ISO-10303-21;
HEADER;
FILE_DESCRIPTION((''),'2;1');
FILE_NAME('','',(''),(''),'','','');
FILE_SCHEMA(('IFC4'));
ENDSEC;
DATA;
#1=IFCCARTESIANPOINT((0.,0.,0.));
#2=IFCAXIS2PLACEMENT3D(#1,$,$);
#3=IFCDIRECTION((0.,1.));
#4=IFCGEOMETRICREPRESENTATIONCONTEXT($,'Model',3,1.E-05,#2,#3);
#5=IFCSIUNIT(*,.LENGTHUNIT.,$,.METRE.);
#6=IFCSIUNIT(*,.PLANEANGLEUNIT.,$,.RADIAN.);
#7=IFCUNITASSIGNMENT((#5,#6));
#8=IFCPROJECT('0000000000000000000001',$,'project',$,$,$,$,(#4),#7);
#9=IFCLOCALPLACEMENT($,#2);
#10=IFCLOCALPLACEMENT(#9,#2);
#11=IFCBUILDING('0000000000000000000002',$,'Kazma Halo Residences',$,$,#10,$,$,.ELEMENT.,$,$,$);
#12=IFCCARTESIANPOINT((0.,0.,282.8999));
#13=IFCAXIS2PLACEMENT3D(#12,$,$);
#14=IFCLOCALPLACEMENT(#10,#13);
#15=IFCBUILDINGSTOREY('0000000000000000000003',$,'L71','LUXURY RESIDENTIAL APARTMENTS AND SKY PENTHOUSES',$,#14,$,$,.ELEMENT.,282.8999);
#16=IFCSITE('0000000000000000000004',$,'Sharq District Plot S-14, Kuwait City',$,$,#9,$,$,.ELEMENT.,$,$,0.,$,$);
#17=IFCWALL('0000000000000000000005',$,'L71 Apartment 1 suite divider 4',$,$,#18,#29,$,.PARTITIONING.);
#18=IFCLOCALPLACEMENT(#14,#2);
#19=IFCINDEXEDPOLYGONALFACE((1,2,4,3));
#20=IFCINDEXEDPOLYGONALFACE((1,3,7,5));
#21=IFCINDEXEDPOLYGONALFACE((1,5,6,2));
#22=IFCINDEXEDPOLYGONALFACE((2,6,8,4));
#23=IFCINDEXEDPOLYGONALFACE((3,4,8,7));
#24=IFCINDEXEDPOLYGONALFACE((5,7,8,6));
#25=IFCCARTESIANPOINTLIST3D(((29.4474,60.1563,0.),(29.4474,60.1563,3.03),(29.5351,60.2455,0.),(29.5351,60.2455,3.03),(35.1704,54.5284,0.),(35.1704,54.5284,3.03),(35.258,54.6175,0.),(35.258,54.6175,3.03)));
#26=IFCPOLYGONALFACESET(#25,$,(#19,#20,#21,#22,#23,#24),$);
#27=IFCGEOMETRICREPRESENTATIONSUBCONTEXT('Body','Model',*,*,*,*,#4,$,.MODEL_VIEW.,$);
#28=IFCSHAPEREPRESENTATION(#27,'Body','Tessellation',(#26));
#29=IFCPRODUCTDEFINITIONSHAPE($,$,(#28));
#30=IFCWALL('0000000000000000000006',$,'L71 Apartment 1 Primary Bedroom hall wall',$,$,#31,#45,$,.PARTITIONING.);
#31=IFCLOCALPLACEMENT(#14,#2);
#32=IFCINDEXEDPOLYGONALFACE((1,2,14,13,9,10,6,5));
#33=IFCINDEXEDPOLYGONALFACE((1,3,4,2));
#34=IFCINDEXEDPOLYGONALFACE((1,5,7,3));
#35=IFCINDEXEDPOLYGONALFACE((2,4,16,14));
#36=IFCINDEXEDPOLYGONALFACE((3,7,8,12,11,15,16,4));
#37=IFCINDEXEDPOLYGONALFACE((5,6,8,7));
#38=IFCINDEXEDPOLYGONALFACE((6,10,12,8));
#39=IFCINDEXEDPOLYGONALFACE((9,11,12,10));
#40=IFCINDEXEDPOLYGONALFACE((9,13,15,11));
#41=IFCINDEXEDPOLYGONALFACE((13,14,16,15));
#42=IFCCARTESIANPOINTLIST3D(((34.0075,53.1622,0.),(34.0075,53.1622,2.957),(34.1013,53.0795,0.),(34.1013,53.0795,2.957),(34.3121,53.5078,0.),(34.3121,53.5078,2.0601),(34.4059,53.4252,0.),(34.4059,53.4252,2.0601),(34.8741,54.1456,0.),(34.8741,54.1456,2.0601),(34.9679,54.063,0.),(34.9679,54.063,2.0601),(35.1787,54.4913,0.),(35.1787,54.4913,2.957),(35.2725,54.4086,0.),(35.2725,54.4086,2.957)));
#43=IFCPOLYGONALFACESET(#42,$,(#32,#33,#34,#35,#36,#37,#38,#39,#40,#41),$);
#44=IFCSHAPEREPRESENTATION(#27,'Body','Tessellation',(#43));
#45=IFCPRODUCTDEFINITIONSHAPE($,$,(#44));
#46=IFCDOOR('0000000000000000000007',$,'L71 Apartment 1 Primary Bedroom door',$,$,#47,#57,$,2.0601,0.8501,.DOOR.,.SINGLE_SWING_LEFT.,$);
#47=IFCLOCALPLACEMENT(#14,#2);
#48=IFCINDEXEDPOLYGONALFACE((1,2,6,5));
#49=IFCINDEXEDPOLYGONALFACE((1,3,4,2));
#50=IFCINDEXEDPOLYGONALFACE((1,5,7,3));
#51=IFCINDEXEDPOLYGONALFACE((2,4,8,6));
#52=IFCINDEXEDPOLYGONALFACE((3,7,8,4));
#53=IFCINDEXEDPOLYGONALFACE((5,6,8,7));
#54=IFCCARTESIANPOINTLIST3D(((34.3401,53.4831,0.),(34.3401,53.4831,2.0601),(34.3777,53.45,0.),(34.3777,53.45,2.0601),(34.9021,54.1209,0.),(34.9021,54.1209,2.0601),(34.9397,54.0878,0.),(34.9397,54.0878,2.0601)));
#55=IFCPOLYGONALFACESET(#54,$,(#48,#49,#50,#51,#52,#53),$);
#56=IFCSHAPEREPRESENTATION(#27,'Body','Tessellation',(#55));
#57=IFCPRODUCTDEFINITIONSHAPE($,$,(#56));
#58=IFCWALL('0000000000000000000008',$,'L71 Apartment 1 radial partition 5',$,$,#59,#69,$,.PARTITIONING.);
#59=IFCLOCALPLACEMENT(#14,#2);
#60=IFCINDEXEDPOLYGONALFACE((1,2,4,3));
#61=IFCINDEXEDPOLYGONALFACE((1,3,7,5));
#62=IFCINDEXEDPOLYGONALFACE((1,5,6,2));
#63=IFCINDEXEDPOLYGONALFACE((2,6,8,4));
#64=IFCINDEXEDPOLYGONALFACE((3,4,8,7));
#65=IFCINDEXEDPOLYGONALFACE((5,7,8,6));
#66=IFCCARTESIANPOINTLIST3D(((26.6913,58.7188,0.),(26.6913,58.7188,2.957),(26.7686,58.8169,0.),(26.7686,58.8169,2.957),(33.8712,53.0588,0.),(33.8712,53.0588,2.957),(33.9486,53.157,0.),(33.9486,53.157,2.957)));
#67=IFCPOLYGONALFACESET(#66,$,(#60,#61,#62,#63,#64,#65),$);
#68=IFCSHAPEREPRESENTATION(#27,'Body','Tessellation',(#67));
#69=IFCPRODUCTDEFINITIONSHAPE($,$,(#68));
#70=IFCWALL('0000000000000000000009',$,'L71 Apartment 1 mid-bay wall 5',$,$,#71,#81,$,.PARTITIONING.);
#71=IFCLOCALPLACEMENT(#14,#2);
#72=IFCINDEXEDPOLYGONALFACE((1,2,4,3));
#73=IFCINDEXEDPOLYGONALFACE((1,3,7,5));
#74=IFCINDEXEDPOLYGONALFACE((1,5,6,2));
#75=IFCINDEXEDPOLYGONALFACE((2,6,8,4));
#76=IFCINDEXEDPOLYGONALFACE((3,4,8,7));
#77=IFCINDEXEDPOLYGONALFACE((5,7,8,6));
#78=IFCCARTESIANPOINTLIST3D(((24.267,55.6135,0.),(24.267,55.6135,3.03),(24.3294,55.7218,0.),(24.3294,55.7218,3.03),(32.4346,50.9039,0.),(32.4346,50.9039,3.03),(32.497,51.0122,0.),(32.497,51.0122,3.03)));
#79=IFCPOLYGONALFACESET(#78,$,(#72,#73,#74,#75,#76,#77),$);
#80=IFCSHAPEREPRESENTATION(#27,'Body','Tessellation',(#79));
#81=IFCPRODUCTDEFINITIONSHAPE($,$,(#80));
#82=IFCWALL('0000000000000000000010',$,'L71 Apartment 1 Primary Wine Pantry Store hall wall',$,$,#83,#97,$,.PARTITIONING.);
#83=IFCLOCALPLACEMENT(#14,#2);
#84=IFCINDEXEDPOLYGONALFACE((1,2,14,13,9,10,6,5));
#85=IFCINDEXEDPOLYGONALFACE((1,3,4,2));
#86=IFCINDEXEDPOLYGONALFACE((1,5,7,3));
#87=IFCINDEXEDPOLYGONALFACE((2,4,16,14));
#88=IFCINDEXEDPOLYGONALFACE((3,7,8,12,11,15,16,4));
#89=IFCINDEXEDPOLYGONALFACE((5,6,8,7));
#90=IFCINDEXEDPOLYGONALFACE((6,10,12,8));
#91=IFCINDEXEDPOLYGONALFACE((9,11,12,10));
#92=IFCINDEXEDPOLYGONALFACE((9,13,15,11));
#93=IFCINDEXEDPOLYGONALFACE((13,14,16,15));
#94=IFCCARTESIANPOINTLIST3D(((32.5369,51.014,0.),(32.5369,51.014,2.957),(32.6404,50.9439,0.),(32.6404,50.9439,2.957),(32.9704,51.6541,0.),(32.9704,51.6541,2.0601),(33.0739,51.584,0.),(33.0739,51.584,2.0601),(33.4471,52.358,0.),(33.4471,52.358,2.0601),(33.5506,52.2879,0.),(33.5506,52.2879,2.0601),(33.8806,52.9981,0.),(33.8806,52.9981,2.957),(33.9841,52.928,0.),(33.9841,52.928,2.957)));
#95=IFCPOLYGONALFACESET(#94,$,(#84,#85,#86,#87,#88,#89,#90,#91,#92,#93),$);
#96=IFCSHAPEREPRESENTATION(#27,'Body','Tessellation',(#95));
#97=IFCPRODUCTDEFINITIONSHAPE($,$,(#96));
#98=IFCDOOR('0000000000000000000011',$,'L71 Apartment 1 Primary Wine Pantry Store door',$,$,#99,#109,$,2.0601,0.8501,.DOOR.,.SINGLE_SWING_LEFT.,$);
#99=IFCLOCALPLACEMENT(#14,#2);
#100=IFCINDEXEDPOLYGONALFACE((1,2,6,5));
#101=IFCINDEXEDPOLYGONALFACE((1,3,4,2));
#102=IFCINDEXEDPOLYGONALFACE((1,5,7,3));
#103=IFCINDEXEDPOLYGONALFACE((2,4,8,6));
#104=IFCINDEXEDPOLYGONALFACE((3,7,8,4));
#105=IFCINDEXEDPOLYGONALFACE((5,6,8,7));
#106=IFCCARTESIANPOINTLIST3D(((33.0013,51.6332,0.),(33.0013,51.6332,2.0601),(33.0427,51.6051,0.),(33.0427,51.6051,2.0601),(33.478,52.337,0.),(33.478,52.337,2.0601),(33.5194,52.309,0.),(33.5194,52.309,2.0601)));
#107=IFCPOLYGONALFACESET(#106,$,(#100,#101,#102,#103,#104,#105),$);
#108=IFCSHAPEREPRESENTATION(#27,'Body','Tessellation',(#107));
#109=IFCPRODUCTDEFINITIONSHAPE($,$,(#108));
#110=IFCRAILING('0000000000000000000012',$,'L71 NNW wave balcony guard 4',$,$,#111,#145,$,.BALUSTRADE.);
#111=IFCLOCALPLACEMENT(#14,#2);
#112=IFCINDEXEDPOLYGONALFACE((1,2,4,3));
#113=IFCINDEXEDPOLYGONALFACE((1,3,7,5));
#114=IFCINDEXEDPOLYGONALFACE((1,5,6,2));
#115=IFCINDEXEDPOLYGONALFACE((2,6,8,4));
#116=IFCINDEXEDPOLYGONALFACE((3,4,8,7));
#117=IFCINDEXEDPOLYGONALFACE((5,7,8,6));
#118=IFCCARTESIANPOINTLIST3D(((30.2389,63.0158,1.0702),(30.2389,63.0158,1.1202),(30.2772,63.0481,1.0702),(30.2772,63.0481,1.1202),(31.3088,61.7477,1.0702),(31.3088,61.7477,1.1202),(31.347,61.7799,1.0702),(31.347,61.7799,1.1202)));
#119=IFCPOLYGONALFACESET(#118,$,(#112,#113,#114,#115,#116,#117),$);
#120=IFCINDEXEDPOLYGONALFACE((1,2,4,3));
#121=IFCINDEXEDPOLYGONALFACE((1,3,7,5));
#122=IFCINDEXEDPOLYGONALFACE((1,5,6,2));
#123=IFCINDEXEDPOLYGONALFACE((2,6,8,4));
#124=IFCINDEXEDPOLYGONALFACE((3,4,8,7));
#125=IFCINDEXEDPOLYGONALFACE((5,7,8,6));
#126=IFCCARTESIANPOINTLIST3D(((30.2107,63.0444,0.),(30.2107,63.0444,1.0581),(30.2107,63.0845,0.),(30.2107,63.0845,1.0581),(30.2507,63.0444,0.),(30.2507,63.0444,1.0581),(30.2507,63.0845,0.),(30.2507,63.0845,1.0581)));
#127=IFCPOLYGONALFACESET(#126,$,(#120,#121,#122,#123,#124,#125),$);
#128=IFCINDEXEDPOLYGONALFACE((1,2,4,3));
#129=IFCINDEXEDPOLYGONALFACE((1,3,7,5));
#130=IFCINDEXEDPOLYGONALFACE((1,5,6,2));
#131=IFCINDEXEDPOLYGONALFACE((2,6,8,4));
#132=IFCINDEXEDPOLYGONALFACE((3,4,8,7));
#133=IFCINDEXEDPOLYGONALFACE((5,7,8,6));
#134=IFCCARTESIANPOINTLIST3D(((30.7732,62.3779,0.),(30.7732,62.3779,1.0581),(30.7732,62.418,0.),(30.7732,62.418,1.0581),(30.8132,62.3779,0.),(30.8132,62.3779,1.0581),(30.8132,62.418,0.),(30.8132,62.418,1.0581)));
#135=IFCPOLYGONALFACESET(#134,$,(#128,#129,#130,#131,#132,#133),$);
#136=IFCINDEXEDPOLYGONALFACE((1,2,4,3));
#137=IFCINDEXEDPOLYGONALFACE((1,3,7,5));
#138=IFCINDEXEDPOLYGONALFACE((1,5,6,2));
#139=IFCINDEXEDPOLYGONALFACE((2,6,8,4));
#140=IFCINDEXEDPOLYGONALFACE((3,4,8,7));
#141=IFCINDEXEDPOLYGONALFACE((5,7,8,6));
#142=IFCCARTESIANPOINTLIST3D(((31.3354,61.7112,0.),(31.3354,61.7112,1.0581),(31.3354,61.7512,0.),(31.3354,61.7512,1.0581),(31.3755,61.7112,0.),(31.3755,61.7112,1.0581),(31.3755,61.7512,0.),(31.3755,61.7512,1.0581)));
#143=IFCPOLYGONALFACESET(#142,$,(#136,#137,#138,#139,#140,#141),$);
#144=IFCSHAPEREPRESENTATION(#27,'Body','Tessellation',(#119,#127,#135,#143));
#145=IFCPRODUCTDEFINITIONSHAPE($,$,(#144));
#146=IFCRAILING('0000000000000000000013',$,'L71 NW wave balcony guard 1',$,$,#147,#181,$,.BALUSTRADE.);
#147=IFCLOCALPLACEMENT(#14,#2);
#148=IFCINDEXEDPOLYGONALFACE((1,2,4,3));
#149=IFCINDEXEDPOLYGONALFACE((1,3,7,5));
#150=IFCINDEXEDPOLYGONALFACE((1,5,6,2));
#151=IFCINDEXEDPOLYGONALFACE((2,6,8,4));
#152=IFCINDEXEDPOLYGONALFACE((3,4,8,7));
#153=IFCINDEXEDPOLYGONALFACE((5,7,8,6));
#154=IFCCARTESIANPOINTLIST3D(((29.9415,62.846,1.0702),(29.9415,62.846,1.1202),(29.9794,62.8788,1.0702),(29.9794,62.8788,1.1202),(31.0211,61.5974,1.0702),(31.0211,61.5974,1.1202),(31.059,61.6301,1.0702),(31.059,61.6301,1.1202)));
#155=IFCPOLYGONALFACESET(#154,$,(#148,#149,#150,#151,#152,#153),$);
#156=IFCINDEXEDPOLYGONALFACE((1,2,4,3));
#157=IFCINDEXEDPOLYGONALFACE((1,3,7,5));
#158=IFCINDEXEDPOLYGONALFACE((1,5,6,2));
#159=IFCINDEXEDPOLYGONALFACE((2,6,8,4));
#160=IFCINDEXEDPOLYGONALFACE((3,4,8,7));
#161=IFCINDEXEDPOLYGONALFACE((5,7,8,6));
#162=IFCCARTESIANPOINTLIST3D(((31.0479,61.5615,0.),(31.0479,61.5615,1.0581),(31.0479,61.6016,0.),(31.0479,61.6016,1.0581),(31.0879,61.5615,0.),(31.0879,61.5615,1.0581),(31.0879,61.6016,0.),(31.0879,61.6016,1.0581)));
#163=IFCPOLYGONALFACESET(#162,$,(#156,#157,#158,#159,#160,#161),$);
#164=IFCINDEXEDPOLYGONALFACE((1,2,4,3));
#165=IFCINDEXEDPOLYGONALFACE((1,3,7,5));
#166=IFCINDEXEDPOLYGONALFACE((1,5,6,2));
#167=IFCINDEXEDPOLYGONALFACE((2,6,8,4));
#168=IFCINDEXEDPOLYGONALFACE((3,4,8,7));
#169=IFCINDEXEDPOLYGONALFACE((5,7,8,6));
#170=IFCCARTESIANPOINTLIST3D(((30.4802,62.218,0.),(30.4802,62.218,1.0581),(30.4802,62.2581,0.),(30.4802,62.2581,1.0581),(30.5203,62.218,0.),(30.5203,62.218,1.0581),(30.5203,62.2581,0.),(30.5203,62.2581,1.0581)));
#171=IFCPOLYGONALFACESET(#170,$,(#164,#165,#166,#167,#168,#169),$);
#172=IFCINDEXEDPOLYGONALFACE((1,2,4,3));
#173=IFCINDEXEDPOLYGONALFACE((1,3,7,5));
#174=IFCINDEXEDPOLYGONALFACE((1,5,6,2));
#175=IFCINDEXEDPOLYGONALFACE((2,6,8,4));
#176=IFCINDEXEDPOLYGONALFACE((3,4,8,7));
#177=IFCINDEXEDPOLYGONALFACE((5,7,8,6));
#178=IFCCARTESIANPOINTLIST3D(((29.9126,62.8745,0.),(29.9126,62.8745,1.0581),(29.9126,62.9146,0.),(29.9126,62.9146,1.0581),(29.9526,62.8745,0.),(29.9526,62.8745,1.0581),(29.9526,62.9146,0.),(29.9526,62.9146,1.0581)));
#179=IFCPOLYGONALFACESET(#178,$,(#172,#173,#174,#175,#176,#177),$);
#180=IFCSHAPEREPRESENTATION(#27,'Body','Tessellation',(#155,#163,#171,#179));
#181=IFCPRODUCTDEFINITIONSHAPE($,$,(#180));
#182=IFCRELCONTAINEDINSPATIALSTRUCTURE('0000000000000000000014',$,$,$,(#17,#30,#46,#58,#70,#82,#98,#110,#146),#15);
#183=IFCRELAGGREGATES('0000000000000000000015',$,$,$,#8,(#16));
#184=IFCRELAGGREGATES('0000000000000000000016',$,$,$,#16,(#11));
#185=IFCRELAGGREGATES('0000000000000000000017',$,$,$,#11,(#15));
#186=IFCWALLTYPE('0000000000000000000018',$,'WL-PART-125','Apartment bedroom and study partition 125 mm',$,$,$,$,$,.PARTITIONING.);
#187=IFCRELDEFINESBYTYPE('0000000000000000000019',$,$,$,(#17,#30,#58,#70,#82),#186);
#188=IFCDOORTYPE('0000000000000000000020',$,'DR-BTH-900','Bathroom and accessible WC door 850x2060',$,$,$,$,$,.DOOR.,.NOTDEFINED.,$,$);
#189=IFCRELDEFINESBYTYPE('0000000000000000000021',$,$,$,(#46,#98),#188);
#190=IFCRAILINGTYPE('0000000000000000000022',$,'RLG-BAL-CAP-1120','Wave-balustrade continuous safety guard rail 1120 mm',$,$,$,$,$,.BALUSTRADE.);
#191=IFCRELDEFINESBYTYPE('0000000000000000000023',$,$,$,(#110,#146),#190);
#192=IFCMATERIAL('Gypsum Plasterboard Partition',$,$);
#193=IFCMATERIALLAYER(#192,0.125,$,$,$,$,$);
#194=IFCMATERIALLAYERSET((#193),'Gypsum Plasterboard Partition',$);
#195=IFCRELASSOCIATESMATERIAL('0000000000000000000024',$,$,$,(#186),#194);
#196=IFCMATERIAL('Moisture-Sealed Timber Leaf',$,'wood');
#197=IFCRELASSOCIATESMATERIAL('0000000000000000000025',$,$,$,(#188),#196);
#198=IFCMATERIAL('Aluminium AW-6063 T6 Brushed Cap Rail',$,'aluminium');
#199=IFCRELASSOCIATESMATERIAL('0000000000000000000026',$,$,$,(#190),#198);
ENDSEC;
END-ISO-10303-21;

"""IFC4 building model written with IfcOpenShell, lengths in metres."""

from ifc_helpers import new_model, si_unit, direction, frame, frame_2d, origin, origin_2d, place, context, subcontext, project, spatial, rectangle, extrude, material, layer, layer_set, type_object, element, fill, save


model = new_model("IFC4")

# Units and contexts
model_context = context("Model", 3, precision=1e-05, world=origin(), true_north=direction((0.0, 1.0)))
body_context = subcontext(model_context, "Body", "Model", "MODEL_VIEW")
ifc_project = project(units=[si_unit("LENGTHUNIT", "METRE"), si_unit("PLANEANGLEUNIT", "RADIAN")], contexts=[model_context])

# Site, building, storey
site_placement = place(None, origin())
site = spatial("IfcSite", under=ifc_project, at=site_placement, Name="Sharq District Plot S-14, Kuwait City", CompositionType="ELEMENT", RefElevation=0.0)
building_placement = place(site_placement, origin())
building = spatial("IfcBuilding", under=site, at=building_placement, Name="Kazma Halo Residences", CompositionType="ELEMENT")
storey_placement = place(building_placement, frame((0.0, 0.0, 282.8999)))
storey = spatial("IfcBuildingStorey", under=building, at=storey_placement, Name="L71", Description="LUXURY RESIDENTIAL APARTMENTS AND SKY PENTHOUSES", CompositionType="ELEMENT", Elevation=282.8999)

# Shared definitions
ifc_material_1 = material(Name="Gypsum Plasterboard Partition")
ifc_layer_1 = layer(ifc_material_1, 0.125)
ifc_layer_set_1 = layer_set([ifc_layer_1], Name="Gypsum Plasterboard Partition")
wall_type_1 = type_object("IfcWallType", Name="WL-PART-125", Description="Apartment bedroom and study partition 125 mm", PredefinedType="PARTITIONING", material=ifc_layer_set_1)
ifc_material_2 = material(Name="Moisture-Sealed Timber Leaf", Category="wood")
door_type_1 = type_object("IfcDoorType", Name="DR-BTH-900", Description="Bathroom and accessible WC door 850x2060", OperationType="NOTDEFINED", PredefinedType="DOOR", material=ifc_material_2)

# Wall
wall_1_placement = place(storey_placement, frame((35.2141, 54.573, 0.0), z_axis=(0.0, 0.0, 1.0), x_axis=(-0.712998, 0.701166, 0.0)))
element("IfcWall", 1, at=wall_1_placement, inside=storey, type_object=wall_type_1, Name="L71 Apartment 1 suite divider 4", PredefinedType="PARTITIONING", context=body_context, shape_type="SweptSolid", body=[
    extrude(rectangle(XDim=8.0266, YDim=0.125, at=frame_2d((4.0132, 0.0))), origin(), (0.0, 0.0, 1.0), 3.03),
])

# Wall, opening, door
wall_2_placement = place(storey_placement, frame((35.2256, 54.45, 0.0), z_axis=(0.0, 0.0, 1.0), x_axis=(-0.661116, -0.750284, 0.0)))
wall_2 = element("IfcWall", 2, at=wall_2_placement, inside=storey, type_object=wall_type_1, Name="L71 Apartment 1 Primary Bedroom hall wall", PredefinedType="PARTITIONING", context=body_context, shape_type="SweptSolid", body=[
    extrude(rectangle(XDim=1.7715, YDim=0.125, at=frame_2d((0.8857, 0.0))), origin(), (0.0, 0.0, 1.0), 2.957),
])
opening_1_placement = place(wall_2_placement, frame((0.4607, 0.0, 0.0)))
opening_1 = element("IfcOpeningElement", 3, at=opening_1_placement, cuts=wall_2, PredefinedType="OPENING", context=body_context, shape_type="SweptSolid", body=[
    extrude(rectangle(XDim=0.8501, YDim=2.0601, at=frame_2d((0.425, 1.03))), frame((0.0, 0.0725, 0.0), z_axis=(0.0, -1.0, 0.0), x_axis=(1.0, 0.0, 0.0)), (0.0, 0.0, 1.0), 0.145),
])
door_1_placement = place(opening_1_placement, origin())
door_1 = element("IfcDoor", 4, at=door_1_placement, inside=storey, type_object=door_type_1, Name="L71 Apartment 1 Primary Bedroom door", OperationType="SINGLE_SWING_LEFT", OverallHeight=2.0601, OverallWidth=0.8501, PredefinedType="DOOR", context=body_context, shape_type="SweptSolid", body=[
    extrude(rectangle(XDim=0.8501, YDim=2.0601, at=frame_2d((0.425, 1.03))), frame((0.0, 0.0249, 0.0), z_axis=(0.0, -1.0, 0.0), x_axis=(1.0, 0.0, 0.0)), (0.0, 0.0, 1.0), 0.05),
])
fill(opening_1, door_1)

# Walls
wall_3_placement = place(storey_placement, frame((33.9099, 53.1079, 0.0), z_axis=(0.0, 0.0, 1.0), x_axis=(-0.785332, 0.619074, 0.0)))
element("IfcWall", 5, at=wall_3_placement, inside=storey, type_object=wall_type_1, Name="L71 Apartment 1 radial partition 5", PredefinedType="PARTITIONING", context=body_context, shape_type="SweptSolid", body=[
    extrude(rectangle(XDim=9.1426, YDim=0.125, at=frame_2d((4.5713, 0.0))), origin(), (0.0, 0.0, 1.0), 2.957),
])
wall_4_placement = place(storey_placement, frame((32.4658, 50.958, 0.0), z_axis=(0.0, 0.0, 1.0), x_axis=(-0.866297, 0.499529, 0.0)))
element("IfcWall", 6, at=wall_4_placement, inside=storey, type_object=wall_type_1, Name="L71 Apartment 1 mid-bay wall 5", PredefinedType="PARTITIONING", context=body_context, shape_type="SweptSolid", body=[
    extrude(rectangle(XDim=9.4282, YDim=0.125, at=frame_2d((4.7141, 0.0))), origin(), (0.0, 0.0, 1.0), 3.03),
])

# Wall, opening, door
wall_5_placement = place(storey_placement, frame((33.9324, 52.9631, 0.0), z_axis=(0.0, 0.0, 1.0), x_axis=(-0.560751, -0.827984, 0.0)))
wall_5 = element("IfcWall", 7, at=wall_5_placement, inside=storey, type_object=wall_type_1, Name="L71 Apartment 1 Primary Wine Pantry Store hall wall", PredefinedType="PARTITIONING", context=body_context, shape_type="SweptSolid", body=[
    extrude(rectangle(XDim=2.3962, YDim=0.125, at=frame_2d((1.1982, 0.0))), origin(), (0.0, 0.0, 1.0), 2.957),
])
opening_2_placement = place(wall_5_placement, frame((0.7732, 0.0, 0.0)))
opening_2 = element("IfcOpeningElement", 8, at=opening_2_placement, cuts=wall_5, PredefinedType="OPENING", context=body_context, shape_type="SweptSolid", body=[
    extrude(rectangle(XDim=0.8501, YDim=2.0601, at=frame_2d((0.425, 1.03))), frame((0.0, 0.0725, 0.0), z_axis=(0.0, -1.0, 0.0), x_axis=(1.0, 0.0, 0.0)), (0.0, 0.0, 1.0), 0.145),
])
door_2_placement = place(opening_2_placement, origin())
door_2 = element("IfcDoor", 9, at=door_2_placement, inside=storey, type_object=door_type_1, Name="L71 Apartment 1 Primary Wine Pantry Store door", OperationType="SINGLE_SWING_LEFT", OverallHeight=2.0601, OverallWidth=0.8501, PredefinedType="DOOR", context=body_context, shape_type="SweptSolid", body=[
    extrude(rectangle(XDim=0.8501, YDim=2.0601, at=frame_2d((0.425, 1.03))), frame((0.0, 0.0249, 0.0), z_axis=(0.0, -1.0, 0.0), x_axis=(1.0, 0.0, 0.0)), (0.0, 0.0, 1.0), 0.05),
])
fill(opening_2, door_2)

# Railings
ifc_material_3 = material(Name="Aluminium AW-6063 T6 Brushed Cap Rail", Category="aluminium")
railing_type = type_object("IfcRailingType", Name="RLG-BAL-CAP-1120", Description="Wave-balustrade continuous safety guard rail 1120 mm", PredefinedType="BALUSTRADE", material=ifc_material_3)
railing_1_placement = place(storey_placement, frame((30.2307, 63.0645, 0.0)))
element("IfcRailing", 10, at=railing_1_placement, inside=storey, type_object=railing_type, Name="L71 NNW wave balcony guard 4", PredefinedType="BALUSTRADE", context=body_context, shape_type="SweptSolid", body=[
    extrude(rectangle(XDim=0.05, YDim=0.05, at=origin_2d()), frame((0.0273, -0.0325, 1.0952), z_axis=(0.644812, -0.764341, 0.0), x_axis=(0.764341, 0.644812, 0.0)), (0.0, 0.0, 1.0), 1.6592),
    extrude(rectangle(XDim=0.04, YDim=0.04, at=origin_2d()), origin(), (0.0, 0.0, 1.0), 1.0581),
    extrude(rectangle(XDim=0.04, YDim=0.04, at=origin_2d()), frame((0.5625, -0.6665, 0.0)), (0.0, 0.0, 1.0), 1.0581),
    extrude(rectangle(XDim=0.04, YDim=0.04, at=origin_2d()), frame((1.1248, -1.3333, 0.0)), (0.0, 0.0, 1.0), 1.0581),
])
railing_2_placement = place(storey_placement, frame((31.0679, 61.5815, 0.0)))
element("IfcRailing", 11, at=railing_2_placement, inside=storey, type_object=railing_type, Name="L71 NW wave balcony guard 1", PredefinedType="BALUSTRADE", context=body_context, shape_type="SweptSolid", body=[
    extrude(rectangle(XDim=0.05, YDim=0.05, at=origin_2d()), frame((-0.0278, 0.0322, 1.0952), z_axis=(-0.654052, 0.75645, 0.0), x_axis=(-0.75645, -0.654052, 0.0)), (0.0, 0.0, 1.0), 1.6506),
    extrude(rectangle(XDim=0.04, YDim=0.04, at=origin_2d()), origin(), (0.0, 0.0, 1.0), 1.0581),
    extrude(rectangle(XDim=0.04, YDim=0.04, at=origin_2d()), frame((-0.5676, 0.6565, 0.0)), (0.0, 0.0, 1.0), 1.0581),
    extrude(rectangle(XDim=0.04, YDim=0.04, at=origin_2d()), frame((-1.1353, 1.313, 0.0)), (0.0, 0.0, 1.0), 1.0581),
])

save(model, "model.ifc")
